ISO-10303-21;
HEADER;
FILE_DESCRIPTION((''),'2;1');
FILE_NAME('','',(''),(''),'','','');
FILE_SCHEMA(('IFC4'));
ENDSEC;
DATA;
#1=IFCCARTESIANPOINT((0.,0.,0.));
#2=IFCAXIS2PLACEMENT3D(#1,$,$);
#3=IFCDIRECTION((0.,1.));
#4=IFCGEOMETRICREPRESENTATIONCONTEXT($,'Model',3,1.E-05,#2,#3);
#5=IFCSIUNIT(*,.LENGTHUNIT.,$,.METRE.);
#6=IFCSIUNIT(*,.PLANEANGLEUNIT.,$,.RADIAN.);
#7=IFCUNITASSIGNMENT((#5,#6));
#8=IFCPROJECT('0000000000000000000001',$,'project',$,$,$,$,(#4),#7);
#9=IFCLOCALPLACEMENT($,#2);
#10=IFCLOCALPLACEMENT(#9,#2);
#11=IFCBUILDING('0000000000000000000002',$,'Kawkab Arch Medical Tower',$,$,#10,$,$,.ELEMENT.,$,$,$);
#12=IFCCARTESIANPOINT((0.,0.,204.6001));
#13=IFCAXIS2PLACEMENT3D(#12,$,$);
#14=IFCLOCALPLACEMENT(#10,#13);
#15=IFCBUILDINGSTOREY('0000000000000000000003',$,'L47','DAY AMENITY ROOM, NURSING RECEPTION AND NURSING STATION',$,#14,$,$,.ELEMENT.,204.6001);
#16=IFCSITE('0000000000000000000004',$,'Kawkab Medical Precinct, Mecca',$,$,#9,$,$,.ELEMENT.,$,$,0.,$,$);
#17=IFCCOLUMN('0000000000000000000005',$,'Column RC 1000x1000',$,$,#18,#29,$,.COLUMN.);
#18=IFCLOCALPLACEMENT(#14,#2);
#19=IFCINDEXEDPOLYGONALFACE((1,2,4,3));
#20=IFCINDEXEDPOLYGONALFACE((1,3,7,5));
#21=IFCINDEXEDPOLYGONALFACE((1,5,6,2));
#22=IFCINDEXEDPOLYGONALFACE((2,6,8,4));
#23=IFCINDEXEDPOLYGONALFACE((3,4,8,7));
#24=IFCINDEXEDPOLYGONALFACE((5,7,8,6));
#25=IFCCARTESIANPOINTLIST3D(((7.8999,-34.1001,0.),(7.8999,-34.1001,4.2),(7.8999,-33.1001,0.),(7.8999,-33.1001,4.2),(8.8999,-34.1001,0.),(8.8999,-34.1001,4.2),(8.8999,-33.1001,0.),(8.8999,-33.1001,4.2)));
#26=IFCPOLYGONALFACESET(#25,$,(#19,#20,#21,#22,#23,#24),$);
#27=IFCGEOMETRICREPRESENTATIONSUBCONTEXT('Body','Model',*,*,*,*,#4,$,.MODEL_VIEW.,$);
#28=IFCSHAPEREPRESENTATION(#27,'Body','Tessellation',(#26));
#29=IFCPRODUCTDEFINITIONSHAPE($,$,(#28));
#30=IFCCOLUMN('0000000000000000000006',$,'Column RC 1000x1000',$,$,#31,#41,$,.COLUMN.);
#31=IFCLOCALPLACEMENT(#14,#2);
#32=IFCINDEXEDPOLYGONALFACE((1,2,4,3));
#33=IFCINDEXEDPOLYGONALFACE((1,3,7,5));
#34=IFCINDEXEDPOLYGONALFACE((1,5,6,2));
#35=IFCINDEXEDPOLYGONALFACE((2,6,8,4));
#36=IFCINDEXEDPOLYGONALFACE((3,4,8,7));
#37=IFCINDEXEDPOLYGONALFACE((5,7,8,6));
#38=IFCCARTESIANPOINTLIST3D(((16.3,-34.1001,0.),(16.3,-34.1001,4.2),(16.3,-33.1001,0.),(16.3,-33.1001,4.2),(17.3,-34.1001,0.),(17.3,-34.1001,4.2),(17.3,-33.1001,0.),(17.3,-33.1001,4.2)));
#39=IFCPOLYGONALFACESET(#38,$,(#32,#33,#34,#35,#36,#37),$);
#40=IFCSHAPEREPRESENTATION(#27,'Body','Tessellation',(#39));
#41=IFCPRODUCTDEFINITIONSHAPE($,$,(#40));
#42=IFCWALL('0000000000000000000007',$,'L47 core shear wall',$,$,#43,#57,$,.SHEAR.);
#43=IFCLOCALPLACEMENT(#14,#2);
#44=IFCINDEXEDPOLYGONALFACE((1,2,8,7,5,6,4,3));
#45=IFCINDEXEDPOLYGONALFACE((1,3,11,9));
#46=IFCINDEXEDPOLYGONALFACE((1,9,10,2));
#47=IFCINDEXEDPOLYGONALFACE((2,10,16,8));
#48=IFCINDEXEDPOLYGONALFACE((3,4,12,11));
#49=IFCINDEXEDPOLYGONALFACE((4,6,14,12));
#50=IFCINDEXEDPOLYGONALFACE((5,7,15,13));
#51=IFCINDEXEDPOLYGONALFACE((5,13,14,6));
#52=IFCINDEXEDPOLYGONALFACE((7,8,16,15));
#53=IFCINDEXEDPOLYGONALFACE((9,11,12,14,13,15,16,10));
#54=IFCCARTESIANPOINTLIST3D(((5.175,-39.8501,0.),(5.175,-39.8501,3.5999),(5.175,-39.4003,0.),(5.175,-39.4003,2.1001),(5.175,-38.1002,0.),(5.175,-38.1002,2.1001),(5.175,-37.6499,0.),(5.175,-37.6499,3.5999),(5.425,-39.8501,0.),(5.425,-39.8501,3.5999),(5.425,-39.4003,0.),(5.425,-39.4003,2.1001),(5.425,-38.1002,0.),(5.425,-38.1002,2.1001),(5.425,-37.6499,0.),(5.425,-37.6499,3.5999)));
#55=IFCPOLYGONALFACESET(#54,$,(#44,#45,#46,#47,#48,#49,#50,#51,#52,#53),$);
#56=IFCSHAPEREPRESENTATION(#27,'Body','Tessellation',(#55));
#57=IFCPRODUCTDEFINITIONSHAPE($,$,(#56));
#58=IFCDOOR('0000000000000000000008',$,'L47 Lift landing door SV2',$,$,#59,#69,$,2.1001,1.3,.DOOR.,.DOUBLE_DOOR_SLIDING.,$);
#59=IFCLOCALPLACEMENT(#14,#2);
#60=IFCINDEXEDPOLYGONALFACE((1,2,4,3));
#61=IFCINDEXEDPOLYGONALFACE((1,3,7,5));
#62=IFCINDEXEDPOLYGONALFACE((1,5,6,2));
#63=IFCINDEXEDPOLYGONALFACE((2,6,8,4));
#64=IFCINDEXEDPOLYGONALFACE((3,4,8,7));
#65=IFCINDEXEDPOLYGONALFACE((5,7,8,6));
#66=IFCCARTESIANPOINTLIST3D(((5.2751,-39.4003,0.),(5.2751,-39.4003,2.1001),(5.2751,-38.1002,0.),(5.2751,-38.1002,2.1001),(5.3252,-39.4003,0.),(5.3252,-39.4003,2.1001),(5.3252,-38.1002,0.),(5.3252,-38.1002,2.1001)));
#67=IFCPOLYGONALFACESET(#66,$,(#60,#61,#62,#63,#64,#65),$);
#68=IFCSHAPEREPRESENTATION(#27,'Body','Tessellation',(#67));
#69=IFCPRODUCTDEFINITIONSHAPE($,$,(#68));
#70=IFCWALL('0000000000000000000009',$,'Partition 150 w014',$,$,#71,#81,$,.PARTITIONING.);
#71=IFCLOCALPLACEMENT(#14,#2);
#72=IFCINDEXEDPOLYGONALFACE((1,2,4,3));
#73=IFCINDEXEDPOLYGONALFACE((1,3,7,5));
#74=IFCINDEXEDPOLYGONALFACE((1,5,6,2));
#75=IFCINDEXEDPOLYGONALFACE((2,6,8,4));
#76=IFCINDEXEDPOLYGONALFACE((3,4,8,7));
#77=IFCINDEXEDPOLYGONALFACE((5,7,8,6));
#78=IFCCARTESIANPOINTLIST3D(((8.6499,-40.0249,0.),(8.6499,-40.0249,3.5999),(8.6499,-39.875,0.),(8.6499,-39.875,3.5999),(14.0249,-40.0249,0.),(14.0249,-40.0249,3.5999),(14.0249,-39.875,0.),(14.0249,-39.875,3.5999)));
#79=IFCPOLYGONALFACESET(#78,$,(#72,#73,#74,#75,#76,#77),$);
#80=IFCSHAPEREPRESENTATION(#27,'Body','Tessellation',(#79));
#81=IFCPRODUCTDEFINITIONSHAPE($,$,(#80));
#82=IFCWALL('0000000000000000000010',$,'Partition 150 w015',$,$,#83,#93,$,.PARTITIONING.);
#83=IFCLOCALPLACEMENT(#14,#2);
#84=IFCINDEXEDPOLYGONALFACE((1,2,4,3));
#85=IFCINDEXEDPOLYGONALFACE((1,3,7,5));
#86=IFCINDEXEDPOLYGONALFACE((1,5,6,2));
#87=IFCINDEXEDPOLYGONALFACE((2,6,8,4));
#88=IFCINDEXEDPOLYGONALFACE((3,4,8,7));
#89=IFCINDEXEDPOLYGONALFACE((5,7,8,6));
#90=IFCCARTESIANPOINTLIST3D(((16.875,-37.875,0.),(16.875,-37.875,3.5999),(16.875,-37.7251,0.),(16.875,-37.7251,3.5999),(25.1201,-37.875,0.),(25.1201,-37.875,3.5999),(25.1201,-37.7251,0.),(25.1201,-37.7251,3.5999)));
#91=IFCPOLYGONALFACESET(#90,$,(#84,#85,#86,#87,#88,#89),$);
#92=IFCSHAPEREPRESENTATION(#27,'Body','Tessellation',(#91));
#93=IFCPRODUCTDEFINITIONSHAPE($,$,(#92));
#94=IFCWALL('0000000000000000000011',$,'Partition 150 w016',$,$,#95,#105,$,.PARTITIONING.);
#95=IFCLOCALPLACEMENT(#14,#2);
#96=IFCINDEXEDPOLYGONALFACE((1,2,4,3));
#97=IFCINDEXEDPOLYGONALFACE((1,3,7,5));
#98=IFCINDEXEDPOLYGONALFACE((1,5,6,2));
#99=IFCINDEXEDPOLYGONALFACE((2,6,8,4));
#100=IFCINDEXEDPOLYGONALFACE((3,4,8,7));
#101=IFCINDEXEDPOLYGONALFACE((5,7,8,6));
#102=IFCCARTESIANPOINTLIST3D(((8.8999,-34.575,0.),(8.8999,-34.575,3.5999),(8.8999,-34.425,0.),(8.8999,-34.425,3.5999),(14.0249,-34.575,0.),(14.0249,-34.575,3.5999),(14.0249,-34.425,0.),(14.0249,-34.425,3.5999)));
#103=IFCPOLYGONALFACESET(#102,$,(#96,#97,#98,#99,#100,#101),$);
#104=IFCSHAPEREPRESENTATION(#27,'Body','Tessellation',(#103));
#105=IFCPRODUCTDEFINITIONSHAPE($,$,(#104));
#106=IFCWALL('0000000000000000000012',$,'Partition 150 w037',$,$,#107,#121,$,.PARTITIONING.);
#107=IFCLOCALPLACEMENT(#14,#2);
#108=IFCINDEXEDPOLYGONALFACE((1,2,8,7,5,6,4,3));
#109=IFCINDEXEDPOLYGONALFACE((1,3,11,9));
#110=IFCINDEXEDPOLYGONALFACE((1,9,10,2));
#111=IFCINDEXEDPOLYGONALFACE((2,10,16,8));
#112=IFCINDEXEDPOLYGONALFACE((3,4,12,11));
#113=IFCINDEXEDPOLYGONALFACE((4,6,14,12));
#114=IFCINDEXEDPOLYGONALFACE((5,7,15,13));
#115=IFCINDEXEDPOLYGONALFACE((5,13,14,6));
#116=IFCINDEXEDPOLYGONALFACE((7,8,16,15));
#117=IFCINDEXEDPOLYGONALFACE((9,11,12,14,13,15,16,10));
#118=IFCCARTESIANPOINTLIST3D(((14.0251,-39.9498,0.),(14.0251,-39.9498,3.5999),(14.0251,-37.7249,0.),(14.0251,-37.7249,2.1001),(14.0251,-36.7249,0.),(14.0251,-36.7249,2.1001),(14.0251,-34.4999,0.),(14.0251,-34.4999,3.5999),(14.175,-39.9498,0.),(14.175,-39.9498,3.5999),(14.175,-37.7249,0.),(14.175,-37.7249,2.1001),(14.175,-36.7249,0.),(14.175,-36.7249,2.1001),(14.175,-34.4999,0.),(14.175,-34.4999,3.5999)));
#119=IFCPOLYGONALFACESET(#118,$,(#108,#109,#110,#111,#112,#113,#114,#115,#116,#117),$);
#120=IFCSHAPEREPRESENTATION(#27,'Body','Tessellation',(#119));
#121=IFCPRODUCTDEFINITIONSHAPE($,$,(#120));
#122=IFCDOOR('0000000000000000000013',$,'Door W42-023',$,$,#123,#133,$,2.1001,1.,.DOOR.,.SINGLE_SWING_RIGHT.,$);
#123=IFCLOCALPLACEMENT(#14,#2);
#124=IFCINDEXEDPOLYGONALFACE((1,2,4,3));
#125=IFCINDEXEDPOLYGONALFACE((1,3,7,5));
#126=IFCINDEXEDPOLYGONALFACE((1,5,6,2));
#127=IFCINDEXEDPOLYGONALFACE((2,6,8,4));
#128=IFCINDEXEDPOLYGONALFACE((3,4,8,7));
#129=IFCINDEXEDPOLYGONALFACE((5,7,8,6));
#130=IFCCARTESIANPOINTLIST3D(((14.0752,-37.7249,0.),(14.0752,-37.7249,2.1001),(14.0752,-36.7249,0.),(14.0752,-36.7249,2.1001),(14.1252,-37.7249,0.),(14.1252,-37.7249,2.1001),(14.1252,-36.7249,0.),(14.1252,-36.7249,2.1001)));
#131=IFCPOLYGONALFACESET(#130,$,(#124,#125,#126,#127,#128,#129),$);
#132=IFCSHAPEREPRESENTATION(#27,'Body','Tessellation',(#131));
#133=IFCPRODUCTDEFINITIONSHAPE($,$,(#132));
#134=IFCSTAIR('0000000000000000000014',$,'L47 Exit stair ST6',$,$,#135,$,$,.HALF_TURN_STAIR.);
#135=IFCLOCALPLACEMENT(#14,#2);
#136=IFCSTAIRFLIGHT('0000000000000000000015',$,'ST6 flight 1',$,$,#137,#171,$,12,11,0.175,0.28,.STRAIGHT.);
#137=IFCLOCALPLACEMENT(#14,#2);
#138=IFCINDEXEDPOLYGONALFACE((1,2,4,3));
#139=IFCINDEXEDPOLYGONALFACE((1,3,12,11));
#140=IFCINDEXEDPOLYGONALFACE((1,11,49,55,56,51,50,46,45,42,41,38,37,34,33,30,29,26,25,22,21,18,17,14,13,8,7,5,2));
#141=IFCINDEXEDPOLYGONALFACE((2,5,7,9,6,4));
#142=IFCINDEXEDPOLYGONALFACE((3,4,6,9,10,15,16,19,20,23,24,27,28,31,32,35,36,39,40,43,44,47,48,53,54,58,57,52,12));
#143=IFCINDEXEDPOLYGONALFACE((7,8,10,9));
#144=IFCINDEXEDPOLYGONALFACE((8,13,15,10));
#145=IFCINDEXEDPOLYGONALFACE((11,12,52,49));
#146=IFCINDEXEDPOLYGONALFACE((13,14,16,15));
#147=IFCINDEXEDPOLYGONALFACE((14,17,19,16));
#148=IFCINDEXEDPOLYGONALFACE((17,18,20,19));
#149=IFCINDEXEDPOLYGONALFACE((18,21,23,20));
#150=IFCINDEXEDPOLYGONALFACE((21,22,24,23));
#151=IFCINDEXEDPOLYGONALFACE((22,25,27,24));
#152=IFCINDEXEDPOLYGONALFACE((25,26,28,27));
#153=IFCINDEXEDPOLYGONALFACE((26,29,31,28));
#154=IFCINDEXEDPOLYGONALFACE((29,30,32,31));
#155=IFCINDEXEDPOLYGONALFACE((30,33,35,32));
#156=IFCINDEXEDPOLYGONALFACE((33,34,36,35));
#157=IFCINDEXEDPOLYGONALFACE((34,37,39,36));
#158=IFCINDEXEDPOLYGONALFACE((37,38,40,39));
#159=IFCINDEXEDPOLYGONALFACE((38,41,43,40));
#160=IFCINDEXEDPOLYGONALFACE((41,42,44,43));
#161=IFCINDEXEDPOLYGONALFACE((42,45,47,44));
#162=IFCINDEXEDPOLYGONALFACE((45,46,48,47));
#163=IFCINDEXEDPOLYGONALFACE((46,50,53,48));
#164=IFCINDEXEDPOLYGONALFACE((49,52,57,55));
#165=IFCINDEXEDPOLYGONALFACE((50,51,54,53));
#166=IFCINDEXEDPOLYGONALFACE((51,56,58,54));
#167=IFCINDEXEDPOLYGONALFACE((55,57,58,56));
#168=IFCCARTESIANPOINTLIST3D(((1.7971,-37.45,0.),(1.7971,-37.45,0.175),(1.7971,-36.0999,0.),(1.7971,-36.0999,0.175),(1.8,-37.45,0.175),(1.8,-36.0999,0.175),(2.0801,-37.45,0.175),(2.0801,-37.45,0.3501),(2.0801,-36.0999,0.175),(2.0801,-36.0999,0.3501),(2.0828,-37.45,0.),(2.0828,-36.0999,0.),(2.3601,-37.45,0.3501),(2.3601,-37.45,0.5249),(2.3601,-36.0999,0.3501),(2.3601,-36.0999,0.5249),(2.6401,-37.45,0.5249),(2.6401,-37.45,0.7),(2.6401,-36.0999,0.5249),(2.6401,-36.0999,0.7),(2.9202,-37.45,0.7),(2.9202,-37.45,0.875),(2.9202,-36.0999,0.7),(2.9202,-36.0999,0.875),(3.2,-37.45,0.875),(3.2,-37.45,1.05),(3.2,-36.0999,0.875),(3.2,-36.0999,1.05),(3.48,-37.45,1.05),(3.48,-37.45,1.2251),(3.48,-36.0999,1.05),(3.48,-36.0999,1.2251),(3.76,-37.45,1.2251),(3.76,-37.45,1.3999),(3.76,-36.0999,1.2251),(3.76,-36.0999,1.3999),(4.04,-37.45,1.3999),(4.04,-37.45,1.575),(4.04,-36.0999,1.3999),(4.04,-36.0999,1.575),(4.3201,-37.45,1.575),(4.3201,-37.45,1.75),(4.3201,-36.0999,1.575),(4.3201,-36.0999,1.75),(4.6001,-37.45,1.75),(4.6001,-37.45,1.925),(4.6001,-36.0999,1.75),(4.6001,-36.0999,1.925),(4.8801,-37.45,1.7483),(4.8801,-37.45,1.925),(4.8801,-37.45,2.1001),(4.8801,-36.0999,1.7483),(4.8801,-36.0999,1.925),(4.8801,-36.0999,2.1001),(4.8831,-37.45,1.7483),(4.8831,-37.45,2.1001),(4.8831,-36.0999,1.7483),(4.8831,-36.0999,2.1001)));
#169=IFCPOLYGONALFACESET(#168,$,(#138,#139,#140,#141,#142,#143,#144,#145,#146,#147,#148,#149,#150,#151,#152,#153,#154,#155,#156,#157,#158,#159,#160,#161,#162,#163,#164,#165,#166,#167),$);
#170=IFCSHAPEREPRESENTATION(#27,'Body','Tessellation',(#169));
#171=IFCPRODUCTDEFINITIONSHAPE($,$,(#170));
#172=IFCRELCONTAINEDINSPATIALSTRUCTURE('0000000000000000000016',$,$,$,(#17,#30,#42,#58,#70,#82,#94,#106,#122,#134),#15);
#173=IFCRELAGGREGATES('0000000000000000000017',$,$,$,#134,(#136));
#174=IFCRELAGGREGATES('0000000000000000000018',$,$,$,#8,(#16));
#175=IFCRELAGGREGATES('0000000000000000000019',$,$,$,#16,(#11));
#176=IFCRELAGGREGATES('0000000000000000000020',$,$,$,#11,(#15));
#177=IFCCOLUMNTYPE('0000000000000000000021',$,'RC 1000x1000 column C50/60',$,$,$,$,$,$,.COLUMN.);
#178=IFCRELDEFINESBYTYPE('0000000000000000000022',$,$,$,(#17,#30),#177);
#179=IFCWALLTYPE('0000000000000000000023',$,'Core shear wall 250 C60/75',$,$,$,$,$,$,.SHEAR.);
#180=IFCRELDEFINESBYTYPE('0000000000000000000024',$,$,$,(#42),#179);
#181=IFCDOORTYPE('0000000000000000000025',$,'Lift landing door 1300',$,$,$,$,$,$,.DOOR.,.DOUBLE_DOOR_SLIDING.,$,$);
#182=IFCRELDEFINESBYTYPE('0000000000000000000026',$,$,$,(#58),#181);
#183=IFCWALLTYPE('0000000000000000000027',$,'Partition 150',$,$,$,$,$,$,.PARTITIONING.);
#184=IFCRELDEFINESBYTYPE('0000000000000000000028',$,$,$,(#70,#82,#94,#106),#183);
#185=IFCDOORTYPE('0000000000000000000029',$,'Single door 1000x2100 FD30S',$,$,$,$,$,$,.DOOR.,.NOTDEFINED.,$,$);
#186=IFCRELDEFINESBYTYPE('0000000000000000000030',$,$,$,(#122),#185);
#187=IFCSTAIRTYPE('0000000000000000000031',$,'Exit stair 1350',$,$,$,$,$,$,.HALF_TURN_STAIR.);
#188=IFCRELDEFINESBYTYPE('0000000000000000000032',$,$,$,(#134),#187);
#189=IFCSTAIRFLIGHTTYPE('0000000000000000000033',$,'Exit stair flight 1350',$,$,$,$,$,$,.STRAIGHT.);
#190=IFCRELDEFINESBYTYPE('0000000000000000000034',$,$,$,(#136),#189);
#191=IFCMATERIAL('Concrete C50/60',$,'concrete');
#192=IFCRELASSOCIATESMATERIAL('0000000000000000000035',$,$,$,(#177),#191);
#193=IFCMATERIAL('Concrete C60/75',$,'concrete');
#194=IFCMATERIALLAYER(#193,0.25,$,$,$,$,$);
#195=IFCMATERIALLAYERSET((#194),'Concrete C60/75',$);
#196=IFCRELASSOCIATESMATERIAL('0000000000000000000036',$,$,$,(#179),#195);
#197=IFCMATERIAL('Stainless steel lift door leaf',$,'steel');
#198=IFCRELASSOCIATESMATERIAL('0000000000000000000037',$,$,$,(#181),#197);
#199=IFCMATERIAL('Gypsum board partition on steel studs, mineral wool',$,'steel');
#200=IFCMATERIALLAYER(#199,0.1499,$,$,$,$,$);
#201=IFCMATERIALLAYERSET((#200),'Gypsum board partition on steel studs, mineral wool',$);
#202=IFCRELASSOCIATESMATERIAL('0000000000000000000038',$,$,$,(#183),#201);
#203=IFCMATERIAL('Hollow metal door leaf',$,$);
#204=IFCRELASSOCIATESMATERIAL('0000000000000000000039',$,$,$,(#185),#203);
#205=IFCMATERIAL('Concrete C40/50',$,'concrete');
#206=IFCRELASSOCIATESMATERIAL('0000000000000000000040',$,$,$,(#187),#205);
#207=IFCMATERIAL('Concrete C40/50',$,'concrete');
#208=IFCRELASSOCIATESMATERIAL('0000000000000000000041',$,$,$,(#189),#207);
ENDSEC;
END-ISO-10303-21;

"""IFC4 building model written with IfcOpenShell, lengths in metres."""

from ifc_helpers import new_model, si_unit, direction, frame, frame_2d, origin, origin_2d, place, context, subcontext, project, spatial, polyline, rectangle, outline, extrude, material, layer, layer_set, material_profile, profile_set, type_object, element, fill, aggregate, save


model = new_model("IFC4")

# Units and contexts
model_context = context("Model", 3, precision=1e-05, world=origin(), true_north=direction((0.0, 1.0)))
body_context = subcontext(model_context, "Body", "Model", "MODEL_VIEW")
ifc_project = project(units=[si_unit("LENGTHUNIT", "METRE"), si_unit("PLANEANGLEUNIT", "RADIAN")], contexts=[model_context])

# Site, building, storey
site_placement = place(None, origin())
site = spatial("IfcSite", under=ifc_project, at=site_placement, Name="Kawkab Medical Precinct, Mecca", CompositionType="ELEMENT", RefElevation=0.0)
building_placement = place(site_placement, origin())
building = spatial("IfcBuilding", under=site, at=building_placement, Name="Kawkab Arch Medical Tower", CompositionType="ELEMENT")
storey_placement = place(building_placement, frame((0.0, 0.0, 204.6001)))
storey = spatial("IfcBuildingStorey", under=building, at=storey_placement, Name="L47", Description="DAY AMENITY ROOM, NURSING RECEPTION AND NURSING STATION", CompositionType="ELEMENT", Elevation=204.6001)

# Columns
ifc_material_1 = material(Name="Concrete C50/60", Category="concrete")
ifc_material_profile = material_profile(ifc_material_1, rectangle(XDim=1.0, YDim=1.0, at=origin_2d()), Name="RC 1000x1000")
ifc_profile_set = profile_set([ifc_material_profile], Name="Concrete C50/60")
column_type = type_object("IfcColumnType", Name="RC 1000x1000 column C50/60", PredefinedType="COLUMN", material=ifc_profile_set)
for number, where, z_axis, x_axis, name in (
    (1, (8.3999, -33.6001, 0.0), (0.0, 0.0, 1.0), (1.0, 0.0, 0.0), "Column RC 1000x1000"),
    (2, (16.8, -33.6001, 0.0), (0.0, 0.0, 1.0), (1.0, 0.0, 0.0), "Column RC 1000x1000"),
):
    element("IfcColumn", number, at=place(storey_placement, frame(where, z_axis=z_axis, x_axis=x_axis)), inside=storey, type_object=column_type, Name=name, PredefinedType="COLUMN", context=body_context, shape_type="SweptSolid", body=[
        extrude(rectangle(XDim=1.0, YDim=1.0, at=origin_2d()), origin(), (0.0, 0.0, 1.0), 4.2),
    ])

# Wall, opening, door
ifc_material_2 = material(Name="Concrete C60/75", Category="concrete")
ifc_layer_1 = layer(ifc_material_2, 0.25)
ifc_layer_set_1 = layer_set([ifc_layer_1], Name="Concrete C60/75")
wall_type_1 = type_object("IfcWallType", Name="Core shear wall 250 C60/75", PredefinedType="SHEAR", material=ifc_layer_set_1)
wall_1_placement = place(storey_placement, frame((5.3, -39.8501, 0.0), z_axis=(0.0, 0.0, 1.0), x_axis=(0.0, 1.0, 0.0)))
wall_1 = element("IfcWall", 3, at=wall_1_placement, inside=storey, type_object=wall_type_1, Name="L47 core shear wall", PredefinedType="SHEAR", context=body_context, shape_type="SweptSolid", body=[
    extrude(rectangle(XDim=2.2002, YDim=0.25, at=frame_2d((1.1001, 0.0))), origin(), (0.0, 0.0, 1.0), 3.5999),
])
opening_1_placement = place(wall_1_placement, frame((0.45, 0.0, 0.0)))
opening_1 = element("IfcOpeningElement", 4, at=opening_1_placement, cuts=wall_1, PredefinedType="OPENING", context=body_context, shape_type="SweptSolid", body=[
    extrude(rectangle(XDim=1.3, YDim=2.1001, at=frame_2d((0.6499, 1.05))), frame((0.0, 0.135, 0.0), z_axis=(0.0, -1.0, 0.0), x_axis=(1.0, 0.0, 0.0)), (0.0, 0.0, 1.0), 0.27),
])
ifc_material_3 = material(Name="Stainless steel lift door leaf", Category="steel")
door_type_1 = type_object("IfcDoorType", Name="Lift landing door 1300", OperationType="DOUBLE_DOOR_SLIDING", PredefinedType="DOOR", material=ifc_material_3)
door_1_placement = place(opening_1_placement, origin())
door_1 = element("IfcDoor", 5, at=door_1_placement, inside=storey, type_object=door_type_1, Name="L47 Lift landing door SV2", OperationType="DOUBLE_DOOR_SLIDING", OverallHeight=2.1001, OverallWidth=1.3, PredefinedType="DOOR", context=body_context, shape_type="SweptSolid", body=[
    extrude(rectangle(XDim=1.3, YDim=2.1001, at=frame_2d((0.6499, 1.05))), frame((0.0, 0.0249, 0.0), z_axis=(0.0, -1.0, 0.0), x_axis=(1.0, 0.0, 0.0)), (0.0, 0.0, 1.0), 0.05),
])
fill(opening_1, door_1)

# Walls
ifc_material_4 = material(Name="Gypsum board partition on steel studs, mineral wool", Category="steel")
ifc_layer_2 = layer(ifc_material_4, 0.1499)
ifc_layer_set_2 = layer_set([ifc_layer_2], Name="Gypsum board partition on steel studs, mineral wool")
wall_type_2 = type_object("IfcWallType", Name="Partition 150", PredefinedType="PARTITIONING", material=ifc_layer_set_2)
wall_2_placement = place(storey_placement, frame((8.6499, -39.95, 0.0), z_axis=(0.0, 0.0, 1.0), x_axis=(1.0, 0.0, 0.0)))
element("IfcWall", 6, at=wall_2_placement, inside=storey, type_object=wall_type_2, Name="Partition 150 w014", PredefinedType="PARTITIONING", context=body_context, shape_type="SweptSolid", body=[
    extrude(rectangle(XDim=5.375, YDim=0.1499, at=frame_2d((2.6875, 0.0))), origin(), (0.0, 0.0, 1.0), 3.5999),
])
wall_3_placement = place(storey_placement, frame((16.875, -37.8, 0.0), z_axis=(0.0, 0.0, 1.0), x_axis=(1.0, 0.0, 0.0)))
element("IfcWall", 7, at=wall_3_placement, inside=storey, type_object=wall_type_2, Name="Partition 150 w015", PredefinedType="PARTITIONING", context=body_context, shape_type="SweptSolid", body=[
    extrude(rectangle(XDim=8.2451, YDim=0.1499, at=frame_2d((4.1226, 0.0))), origin(), (0.0, 0.0, 1.0), 3.5999),
])
wall_4_placement = place(storey_placement, frame((8.8999, -34.5, 0.0), z_axis=(0.0, 0.0, 1.0), x_axis=(1.0, 0.0, 0.0)))
element("IfcWall", 8, at=wall_4_placement, inside=storey, type_object=wall_type_2, Name="Partition 150 w016", PredefinedType="PARTITIONING", context=body_context, shape_type="SweptSolid", body=[
    extrude(rectangle(XDim=5.125, YDim=0.1499, at=frame_2d((2.5625, 0.0))), origin(), (0.0, 0.0, 1.0), 3.5999),
])

# Wall, opening, door
wall_5_placement = place(storey_placement, frame((14.1001, -39.95, 0.0), z_axis=(0.0, 0.0, 1.0), x_axis=(0.0, 1.0, 0.0)))
wall_5 = element("IfcWall", 9, at=wall_5_placement, inside=storey, type_object=wall_type_2, Name="Partition 150 w037", PredefinedType="PARTITIONING", context=body_context, shape_type="SweptSolid", body=[
    extrude(rectangle(XDim=5.45, YDim=0.1499, at=frame_2d((2.7251, 0.0))), origin(), (0.0, 0.0, 1.0), 3.5999),
])
opening_2_placement = place(wall_5_placement, frame((2.2251, 0.0, 0.0)))
opening_2 = element("IfcOpeningElement", 10, at=opening_2_placement, cuts=wall_5, PredefinedType="OPENING", context=body_context, shape_type="SweptSolid", body=[
    extrude(rectangle(XDim=1.0, YDim=2.1001, at=frame_2d((0.5, 1.05))), frame((0.0, 0.085, 0.0), z_axis=(0.0, -1.0, 0.0), x_axis=(1.0, 0.0, 0.0)), (0.0, 0.0, 1.0), 0.1699),
])
ifc_material_5 = material(Name="Hollow metal door leaf")
door_type_2 = type_object("IfcDoorType", Name="Single door 1000x2100 FD30S", OperationType="NOTDEFINED", PredefinedType="DOOR", material=ifc_material_5)
door_2_placement = place(opening_2_placement, origin())
door_2 = element("IfcDoor", 11, at=door_2_placement, inside=storey, type_object=door_type_2, Name="Door W42-023", OperationType="SINGLE_SWING_RIGHT", OverallHeight=2.1001, OverallWidth=1.0, PredefinedType="DOOR", context=body_context, shape_type="SweptSolid", body=[
    extrude(rectangle(XDim=1.0, YDim=2.1001, at=frame_2d((0.5, 1.05))), frame((0.0, 0.0249, 0.0), z_axis=(0.0, -1.0, 0.0), x_axis=(1.0, 0.0, 0.0)), (0.0, 0.0, 1.0), 0.05),
])
fill(opening_2, door_2)

# Stair, stair flight
ifc_material_6 = material(Name="Concrete C40/50", Category="concrete")
stair_type = type_object("IfcStairType", Name="Exit stair 1350", PredefinedType="HALF_TURN_STAIR", material=ifc_material_6)
stair_placement = place(storey_placement, origin())
stair = element("IfcStair", 12, at=stair_placement, inside=storey, type_object=stair_type, Name="L47 Exit stair ST6", PredefinedType="HALF_TURN_STAIR")
ifc_material_7 = material(Name="Concrete C40/50", Category="concrete")
stair_flight_type = type_object("IfcStairFlightType", Name="Exit stair flight 1350", PredefinedType="STRAIGHT", material=ifc_material_7)
stair_flight_1_placement = place(storey_placement, frame((1.8, -36.7749, 0.0), z_axis=(0.0, 0.0, 1.0), x_axis=(1.0, 0.0, 0.0)))
stair_flight_1 = element("IfcStairFlight", 13, at=stair_flight_1_placement, type_object=stair_flight_type, Name="ST6 flight 1", NumberOfRisers=12, NumberOfTreads=11, PredefinedType="STRAIGHT", RiserHeight=0.175, TreadLength=0.28, context=body_context, shape_type="SweptSolid", body=[
    extrude(outline(polyline([(-0.0029, 0.0), (-0.0029, 0.175), (0.0, 0.175), (0.28, 0.175), (0.28, 0.3501), (0.5601, 0.3501), (0.5601, 0.5249), (0.8401, 0.5249), (0.8401, 0.7), (1.1201, 0.7), (1.1201, 0.875), (1.3999, 0.875), (1.3999, 1.05), (1.6799, 1.05), (1.6799, 1.2251), (1.96, 1.2251), (1.96, 1.3999), (2.24, 1.3999), (2.24, 1.575), (2.52, 1.575), (2.52, 1.75), (2.8, 1.75), (2.8, 1.925), (3.0801, 1.925), (3.0801, 2.1001), (3.083, 2.1001), (3.083, 1.7483), (3.0801, 1.7483), (0.2827, 0.0), (-0.0029, 0.0)])), frame((0.0, 0.675, 0.0), z_axis=(0.0, -1.0, 0.0), x_axis=(1.0, 0.0, 0.0)), (0.0, 0.0, 1.0), 1.3501),
])
aggregate(stair, [stair_flight_1])

save(model, "model.ifc")
